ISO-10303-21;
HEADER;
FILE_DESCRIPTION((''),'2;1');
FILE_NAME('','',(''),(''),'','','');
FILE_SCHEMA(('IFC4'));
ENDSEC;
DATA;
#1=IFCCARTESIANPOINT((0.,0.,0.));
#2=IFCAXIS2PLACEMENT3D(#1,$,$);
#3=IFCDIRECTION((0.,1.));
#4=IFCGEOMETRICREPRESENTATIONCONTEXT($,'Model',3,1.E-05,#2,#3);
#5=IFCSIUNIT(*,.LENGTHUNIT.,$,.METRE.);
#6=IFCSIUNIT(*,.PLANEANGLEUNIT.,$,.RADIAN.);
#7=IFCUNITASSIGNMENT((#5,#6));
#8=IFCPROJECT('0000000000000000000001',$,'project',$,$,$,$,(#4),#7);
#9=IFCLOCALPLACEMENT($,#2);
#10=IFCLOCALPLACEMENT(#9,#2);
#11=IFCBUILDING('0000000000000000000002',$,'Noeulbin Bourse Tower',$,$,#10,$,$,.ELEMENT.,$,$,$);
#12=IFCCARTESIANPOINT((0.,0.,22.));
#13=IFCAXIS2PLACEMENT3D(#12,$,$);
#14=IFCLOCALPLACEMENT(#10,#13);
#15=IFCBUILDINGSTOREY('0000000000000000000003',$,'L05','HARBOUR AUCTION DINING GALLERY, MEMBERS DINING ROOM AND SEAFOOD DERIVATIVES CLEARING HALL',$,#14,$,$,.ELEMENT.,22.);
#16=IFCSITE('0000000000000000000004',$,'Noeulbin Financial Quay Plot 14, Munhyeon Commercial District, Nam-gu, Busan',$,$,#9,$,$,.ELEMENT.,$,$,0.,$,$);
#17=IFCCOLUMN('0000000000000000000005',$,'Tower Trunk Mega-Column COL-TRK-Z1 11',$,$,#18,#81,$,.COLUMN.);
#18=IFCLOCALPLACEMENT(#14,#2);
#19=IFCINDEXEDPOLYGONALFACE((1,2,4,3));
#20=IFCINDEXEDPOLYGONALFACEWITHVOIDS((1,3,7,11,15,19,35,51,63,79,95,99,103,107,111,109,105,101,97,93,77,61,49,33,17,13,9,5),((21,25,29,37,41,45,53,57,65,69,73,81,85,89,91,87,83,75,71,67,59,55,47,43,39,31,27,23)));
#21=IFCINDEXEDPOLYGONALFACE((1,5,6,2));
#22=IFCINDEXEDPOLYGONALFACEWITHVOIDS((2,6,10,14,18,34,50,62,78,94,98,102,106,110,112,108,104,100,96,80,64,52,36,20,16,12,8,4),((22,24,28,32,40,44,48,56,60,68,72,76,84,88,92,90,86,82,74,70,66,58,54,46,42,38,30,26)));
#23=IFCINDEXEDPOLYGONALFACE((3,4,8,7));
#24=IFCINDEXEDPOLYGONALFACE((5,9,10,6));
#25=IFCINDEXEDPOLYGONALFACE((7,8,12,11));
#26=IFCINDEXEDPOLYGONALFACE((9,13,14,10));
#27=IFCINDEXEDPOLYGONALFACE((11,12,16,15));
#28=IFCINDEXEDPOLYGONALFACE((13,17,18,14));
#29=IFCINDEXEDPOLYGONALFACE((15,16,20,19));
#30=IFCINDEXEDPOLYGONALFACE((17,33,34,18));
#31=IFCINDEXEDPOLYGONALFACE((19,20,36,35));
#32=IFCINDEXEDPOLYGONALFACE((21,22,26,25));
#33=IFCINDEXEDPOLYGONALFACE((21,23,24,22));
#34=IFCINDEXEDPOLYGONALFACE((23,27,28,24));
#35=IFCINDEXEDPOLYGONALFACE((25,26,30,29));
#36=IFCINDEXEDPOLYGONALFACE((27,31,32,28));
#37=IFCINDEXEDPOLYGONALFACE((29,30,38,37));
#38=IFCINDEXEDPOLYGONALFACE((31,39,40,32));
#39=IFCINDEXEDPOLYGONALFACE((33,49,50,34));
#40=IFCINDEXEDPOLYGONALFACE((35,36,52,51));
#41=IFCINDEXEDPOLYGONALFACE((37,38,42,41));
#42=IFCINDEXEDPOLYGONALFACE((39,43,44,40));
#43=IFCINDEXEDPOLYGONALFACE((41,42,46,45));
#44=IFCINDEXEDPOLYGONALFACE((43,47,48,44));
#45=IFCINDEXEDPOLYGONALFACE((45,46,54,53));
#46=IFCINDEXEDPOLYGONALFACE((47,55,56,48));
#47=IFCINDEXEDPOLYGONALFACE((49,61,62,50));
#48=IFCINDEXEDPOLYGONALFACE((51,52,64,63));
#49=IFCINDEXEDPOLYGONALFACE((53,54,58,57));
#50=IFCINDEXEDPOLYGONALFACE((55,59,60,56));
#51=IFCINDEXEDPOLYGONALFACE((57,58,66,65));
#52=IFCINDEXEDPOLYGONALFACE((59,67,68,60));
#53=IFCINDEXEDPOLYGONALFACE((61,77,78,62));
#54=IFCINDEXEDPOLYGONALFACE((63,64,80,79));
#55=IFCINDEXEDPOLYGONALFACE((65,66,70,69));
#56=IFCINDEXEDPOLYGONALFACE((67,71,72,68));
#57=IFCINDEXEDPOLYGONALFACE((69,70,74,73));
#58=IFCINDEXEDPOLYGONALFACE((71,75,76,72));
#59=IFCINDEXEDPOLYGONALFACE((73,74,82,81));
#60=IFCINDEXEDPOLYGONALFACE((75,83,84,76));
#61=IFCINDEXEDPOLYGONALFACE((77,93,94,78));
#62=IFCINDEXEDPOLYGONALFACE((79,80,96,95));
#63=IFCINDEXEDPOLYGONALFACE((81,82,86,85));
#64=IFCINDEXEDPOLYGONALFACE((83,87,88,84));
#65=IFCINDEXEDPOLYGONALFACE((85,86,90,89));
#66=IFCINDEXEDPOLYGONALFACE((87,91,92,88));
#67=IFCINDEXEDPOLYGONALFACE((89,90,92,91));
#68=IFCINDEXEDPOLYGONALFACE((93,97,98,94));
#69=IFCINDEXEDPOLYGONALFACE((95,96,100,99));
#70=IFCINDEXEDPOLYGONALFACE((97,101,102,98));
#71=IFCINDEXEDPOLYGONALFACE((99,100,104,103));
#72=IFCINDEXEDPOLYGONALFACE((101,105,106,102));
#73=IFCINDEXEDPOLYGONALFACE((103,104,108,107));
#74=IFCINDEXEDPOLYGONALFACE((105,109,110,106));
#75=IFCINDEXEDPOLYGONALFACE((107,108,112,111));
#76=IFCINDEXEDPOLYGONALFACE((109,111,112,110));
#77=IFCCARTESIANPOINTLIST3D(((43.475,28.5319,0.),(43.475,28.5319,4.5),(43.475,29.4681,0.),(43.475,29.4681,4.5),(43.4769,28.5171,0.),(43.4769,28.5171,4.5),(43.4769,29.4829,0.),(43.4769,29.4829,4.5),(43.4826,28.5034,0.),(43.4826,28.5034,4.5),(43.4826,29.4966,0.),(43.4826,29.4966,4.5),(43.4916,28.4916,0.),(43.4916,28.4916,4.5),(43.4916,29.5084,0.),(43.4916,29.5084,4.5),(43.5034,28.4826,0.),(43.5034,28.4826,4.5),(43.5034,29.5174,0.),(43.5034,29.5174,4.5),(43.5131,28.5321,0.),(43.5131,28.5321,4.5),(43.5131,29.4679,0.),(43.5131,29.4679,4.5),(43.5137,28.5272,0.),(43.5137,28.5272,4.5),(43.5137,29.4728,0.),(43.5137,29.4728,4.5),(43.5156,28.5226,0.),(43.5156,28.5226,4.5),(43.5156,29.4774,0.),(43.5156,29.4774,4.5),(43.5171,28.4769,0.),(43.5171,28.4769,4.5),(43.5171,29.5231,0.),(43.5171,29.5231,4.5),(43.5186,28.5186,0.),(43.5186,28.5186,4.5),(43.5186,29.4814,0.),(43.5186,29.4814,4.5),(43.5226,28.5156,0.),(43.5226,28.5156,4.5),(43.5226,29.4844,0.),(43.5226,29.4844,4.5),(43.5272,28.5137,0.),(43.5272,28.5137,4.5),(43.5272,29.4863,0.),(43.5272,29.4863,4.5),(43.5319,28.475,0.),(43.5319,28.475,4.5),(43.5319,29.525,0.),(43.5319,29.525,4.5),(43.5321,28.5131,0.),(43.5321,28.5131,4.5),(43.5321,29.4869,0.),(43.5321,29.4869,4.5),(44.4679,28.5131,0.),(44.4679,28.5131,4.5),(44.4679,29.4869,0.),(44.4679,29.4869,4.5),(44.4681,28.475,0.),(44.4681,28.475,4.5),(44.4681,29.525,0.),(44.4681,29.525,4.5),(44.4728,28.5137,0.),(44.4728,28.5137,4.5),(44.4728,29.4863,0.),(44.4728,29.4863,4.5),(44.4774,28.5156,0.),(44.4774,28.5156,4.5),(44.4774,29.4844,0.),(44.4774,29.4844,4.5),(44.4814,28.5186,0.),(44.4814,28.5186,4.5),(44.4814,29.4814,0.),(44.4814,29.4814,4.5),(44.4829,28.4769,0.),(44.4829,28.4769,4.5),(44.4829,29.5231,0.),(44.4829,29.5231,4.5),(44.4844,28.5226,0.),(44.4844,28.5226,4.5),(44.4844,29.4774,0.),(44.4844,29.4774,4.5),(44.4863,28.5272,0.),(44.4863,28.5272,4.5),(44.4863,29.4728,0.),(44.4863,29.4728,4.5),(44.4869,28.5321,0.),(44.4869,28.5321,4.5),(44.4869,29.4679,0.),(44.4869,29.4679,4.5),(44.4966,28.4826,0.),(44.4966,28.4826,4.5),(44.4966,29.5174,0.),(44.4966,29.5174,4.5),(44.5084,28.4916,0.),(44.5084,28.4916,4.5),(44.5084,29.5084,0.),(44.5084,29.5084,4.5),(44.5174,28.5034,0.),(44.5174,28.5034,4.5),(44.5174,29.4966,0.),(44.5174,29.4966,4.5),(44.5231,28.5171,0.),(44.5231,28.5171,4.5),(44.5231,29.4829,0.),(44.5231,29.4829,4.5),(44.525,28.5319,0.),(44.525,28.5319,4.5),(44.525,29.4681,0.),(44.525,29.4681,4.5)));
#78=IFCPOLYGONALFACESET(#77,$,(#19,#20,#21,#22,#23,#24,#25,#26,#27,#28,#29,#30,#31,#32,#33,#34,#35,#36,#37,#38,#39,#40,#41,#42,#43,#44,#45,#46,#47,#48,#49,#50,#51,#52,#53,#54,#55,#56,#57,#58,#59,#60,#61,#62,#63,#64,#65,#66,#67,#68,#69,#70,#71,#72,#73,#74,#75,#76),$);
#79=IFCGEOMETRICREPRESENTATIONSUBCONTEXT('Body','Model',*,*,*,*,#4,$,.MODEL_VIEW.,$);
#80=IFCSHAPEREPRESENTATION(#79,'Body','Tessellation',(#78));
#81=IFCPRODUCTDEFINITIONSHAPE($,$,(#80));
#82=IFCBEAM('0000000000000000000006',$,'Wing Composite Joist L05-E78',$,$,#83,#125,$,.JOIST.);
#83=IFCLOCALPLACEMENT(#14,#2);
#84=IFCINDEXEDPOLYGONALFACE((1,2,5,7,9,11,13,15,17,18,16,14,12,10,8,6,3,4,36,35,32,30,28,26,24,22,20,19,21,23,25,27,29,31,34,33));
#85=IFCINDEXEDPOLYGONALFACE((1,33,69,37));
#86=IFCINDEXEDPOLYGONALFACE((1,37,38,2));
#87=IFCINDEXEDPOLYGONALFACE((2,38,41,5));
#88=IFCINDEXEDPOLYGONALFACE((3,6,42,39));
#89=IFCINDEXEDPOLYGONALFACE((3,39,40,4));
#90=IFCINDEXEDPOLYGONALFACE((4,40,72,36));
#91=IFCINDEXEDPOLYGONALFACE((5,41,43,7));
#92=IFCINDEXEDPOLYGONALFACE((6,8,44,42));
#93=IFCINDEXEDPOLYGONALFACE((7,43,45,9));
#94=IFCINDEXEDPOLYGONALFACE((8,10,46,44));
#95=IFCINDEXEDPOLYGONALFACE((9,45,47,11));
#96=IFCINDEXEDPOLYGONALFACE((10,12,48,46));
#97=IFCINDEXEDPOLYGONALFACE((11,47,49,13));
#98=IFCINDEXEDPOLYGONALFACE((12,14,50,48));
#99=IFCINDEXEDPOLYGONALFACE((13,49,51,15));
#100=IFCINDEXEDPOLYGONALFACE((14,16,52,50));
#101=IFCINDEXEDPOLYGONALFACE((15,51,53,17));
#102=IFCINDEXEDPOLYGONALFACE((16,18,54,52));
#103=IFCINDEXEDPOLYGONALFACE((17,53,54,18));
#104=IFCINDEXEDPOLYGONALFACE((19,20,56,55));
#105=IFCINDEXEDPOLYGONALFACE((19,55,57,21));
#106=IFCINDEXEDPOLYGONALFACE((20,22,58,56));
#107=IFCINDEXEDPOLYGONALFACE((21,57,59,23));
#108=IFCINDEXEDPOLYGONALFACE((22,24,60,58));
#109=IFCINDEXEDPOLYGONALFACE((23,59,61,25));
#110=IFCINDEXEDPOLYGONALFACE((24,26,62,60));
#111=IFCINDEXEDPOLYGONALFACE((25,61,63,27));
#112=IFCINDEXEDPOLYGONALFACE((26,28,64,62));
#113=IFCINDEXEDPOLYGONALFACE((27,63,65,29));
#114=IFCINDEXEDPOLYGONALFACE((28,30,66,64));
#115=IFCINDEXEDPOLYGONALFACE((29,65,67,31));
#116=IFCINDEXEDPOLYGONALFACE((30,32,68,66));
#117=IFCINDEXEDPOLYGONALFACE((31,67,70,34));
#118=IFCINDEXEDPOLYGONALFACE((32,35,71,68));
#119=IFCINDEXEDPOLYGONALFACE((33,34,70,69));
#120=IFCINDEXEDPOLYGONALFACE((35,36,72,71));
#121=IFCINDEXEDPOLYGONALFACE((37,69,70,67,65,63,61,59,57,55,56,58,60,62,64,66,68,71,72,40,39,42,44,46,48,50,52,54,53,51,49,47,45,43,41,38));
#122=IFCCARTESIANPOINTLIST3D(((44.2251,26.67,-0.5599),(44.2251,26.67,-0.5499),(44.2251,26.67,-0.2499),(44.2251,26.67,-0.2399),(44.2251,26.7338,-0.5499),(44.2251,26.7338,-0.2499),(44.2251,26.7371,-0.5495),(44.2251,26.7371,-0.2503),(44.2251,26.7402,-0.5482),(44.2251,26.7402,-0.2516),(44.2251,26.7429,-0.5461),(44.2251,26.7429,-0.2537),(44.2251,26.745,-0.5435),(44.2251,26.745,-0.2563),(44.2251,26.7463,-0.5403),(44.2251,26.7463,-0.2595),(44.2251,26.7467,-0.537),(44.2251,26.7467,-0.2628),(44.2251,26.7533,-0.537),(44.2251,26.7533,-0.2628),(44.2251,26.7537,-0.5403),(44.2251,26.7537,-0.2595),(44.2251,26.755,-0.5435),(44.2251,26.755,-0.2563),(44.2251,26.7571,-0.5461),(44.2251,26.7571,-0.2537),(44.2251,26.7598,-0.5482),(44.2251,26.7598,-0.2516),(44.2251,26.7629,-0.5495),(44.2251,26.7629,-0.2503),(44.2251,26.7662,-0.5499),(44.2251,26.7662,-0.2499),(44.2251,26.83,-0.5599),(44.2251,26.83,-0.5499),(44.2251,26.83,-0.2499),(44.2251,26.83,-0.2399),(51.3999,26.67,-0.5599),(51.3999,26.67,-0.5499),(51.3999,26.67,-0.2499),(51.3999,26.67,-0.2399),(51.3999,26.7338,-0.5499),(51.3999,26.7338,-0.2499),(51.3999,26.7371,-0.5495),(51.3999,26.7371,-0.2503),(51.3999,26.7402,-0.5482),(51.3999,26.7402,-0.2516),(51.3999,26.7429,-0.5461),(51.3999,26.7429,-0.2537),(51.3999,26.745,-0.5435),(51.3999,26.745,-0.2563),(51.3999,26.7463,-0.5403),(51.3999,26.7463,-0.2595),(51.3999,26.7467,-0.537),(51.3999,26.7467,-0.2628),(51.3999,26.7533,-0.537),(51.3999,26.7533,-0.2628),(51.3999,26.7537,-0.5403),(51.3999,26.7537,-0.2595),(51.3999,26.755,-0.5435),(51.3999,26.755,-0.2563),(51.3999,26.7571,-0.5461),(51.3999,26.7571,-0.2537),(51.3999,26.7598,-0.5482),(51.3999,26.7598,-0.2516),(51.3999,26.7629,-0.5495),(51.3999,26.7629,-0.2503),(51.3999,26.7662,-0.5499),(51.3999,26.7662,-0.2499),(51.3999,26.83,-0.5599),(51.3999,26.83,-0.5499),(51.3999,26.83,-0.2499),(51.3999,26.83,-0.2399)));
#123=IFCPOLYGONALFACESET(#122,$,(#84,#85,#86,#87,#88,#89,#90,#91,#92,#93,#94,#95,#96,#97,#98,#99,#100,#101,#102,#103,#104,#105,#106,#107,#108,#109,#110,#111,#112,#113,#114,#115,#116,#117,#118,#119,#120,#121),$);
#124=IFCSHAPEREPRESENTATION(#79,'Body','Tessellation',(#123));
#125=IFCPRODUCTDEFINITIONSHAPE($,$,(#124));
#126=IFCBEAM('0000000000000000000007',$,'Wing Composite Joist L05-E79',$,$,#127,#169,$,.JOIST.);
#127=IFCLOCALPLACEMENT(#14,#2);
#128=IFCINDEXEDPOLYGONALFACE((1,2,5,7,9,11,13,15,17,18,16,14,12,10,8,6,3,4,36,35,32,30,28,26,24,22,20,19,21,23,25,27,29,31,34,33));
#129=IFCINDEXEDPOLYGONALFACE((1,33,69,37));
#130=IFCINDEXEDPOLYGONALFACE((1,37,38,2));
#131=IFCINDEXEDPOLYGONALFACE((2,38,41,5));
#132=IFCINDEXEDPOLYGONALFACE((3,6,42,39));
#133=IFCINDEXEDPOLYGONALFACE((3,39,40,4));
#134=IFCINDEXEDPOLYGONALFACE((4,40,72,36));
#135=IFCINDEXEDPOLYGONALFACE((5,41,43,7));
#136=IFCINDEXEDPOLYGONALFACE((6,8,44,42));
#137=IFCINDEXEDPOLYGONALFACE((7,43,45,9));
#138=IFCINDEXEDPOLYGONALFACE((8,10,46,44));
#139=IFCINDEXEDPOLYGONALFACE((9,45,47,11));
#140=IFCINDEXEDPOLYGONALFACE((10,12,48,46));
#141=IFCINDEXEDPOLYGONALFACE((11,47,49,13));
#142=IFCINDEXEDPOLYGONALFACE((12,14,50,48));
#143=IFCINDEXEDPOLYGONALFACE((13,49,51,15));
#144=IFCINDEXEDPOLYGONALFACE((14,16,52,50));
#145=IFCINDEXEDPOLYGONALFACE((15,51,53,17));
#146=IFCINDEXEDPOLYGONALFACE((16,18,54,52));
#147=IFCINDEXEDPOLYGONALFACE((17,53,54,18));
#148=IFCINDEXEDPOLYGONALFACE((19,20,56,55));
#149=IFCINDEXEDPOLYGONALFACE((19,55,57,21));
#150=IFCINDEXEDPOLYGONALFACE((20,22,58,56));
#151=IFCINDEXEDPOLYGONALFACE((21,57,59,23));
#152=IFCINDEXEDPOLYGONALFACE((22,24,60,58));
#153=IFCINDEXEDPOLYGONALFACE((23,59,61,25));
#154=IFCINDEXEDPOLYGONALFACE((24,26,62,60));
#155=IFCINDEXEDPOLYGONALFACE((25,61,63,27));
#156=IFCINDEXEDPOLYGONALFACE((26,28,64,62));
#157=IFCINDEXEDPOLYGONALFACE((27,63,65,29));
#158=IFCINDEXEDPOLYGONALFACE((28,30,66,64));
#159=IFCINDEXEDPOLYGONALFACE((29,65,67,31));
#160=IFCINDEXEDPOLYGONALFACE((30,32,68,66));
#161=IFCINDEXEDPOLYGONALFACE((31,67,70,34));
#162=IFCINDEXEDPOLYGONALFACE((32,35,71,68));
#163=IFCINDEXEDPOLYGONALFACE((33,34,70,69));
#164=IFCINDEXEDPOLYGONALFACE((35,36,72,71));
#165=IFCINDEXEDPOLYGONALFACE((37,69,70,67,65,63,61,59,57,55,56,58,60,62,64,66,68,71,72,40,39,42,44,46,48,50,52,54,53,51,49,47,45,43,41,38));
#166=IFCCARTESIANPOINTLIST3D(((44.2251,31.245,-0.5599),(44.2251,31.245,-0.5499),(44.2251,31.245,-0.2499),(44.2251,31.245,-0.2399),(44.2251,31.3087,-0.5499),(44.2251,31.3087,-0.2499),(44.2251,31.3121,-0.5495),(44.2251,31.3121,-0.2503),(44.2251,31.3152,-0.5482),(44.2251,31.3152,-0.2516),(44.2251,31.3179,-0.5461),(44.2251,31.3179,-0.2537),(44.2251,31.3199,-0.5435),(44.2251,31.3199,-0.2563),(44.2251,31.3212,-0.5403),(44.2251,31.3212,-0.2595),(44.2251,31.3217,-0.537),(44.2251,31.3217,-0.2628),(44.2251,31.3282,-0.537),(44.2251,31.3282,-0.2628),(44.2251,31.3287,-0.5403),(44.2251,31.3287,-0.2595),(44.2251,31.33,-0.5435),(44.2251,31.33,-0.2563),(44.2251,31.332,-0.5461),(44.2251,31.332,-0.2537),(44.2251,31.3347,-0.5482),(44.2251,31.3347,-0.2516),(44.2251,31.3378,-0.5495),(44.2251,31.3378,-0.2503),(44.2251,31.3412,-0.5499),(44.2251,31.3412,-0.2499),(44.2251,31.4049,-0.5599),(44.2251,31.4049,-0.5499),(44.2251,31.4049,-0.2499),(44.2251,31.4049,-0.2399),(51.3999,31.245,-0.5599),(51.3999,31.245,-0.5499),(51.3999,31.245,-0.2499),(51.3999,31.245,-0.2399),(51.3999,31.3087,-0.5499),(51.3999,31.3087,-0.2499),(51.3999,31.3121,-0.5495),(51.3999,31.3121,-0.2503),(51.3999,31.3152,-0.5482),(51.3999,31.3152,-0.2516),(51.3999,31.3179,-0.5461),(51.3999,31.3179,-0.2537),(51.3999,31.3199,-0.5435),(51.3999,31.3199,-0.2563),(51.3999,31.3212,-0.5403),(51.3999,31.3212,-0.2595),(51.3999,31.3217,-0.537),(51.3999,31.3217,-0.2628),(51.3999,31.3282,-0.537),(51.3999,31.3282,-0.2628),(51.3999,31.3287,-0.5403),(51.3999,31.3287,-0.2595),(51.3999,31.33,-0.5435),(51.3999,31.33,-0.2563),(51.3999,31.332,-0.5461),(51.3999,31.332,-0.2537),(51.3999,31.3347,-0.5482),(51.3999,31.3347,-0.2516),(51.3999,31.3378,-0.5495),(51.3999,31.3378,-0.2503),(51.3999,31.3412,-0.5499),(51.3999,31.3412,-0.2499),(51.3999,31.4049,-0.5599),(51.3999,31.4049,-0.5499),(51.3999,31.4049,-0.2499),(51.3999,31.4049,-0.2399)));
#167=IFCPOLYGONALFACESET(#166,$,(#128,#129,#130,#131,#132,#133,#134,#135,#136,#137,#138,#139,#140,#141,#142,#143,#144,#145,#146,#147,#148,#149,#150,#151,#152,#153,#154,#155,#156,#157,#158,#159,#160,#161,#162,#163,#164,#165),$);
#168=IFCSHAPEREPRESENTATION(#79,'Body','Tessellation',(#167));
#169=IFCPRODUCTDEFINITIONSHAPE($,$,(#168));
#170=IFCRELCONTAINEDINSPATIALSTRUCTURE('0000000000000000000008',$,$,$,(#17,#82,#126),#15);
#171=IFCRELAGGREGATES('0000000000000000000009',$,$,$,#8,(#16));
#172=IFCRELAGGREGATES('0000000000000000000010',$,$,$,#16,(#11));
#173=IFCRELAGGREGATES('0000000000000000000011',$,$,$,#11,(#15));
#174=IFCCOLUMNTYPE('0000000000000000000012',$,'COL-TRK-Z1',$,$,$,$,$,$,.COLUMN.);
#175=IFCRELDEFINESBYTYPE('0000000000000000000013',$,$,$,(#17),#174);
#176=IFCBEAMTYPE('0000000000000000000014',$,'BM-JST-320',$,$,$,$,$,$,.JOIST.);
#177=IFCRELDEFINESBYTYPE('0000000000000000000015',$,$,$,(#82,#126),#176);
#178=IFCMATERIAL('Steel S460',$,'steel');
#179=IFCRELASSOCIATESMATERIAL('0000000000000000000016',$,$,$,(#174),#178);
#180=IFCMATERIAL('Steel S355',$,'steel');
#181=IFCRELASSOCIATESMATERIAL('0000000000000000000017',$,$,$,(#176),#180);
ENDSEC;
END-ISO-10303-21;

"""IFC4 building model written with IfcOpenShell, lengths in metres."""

from ifc_helpers import new_model, si_unit, direction, frame, origin, origin_2d, place, context, subcontext, project, spatial, hollow_rectangle, i_section, extrude, material, material_profile, profile_set, type_object, element, save


model = new_model("IFC4")

# Units and contexts
model_context = context("Model", 3, precision=1e-05, world=origin(), true_north=direction((0.0, 1.0)))
body_context = subcontext(model_context, "Body", "Model", "MODEL_VIEW")
ifc_project = project(units=[si_unit("LENGTHUNIT", "METRE"), si_unit("PLANEANGLEUNIT", "RADIAN")], contexts=[model_context])

# Site, building, storey
site_placement = place(None, origin())
site = spatial("IfcSite", under=ifc_project, at=site_placement, Name="Noeulbin Financial Quay Plot 14, Munhyeon Commercial District, Nam-gu, Busan", CompositionType="ELEMENT", RefElevation=0.0)
building_placement = place(site_placement, origin())
building = spatial("IfcBuilding", under=site, at=building_placement, Name="Noeulbin Bourse Tower", CompositionType="ELEMENT")
storey_placement = place(building_placement, frame((0.0, 0.0, 22.0)))
storey = spatial("IfcBuildingStorey", under=building, at=storey_placement, Name="L05", Description="HARBOUR AUCTION DINING GALLERY, MEMBERS DINING ROOM AND SEAFOOD DERIVATIVES CLEARING HALL", CompositionType="ELEMENT", Elevation=22.0)

# Column
ifc_material_1 = material(Name="Steel S460", Category="steel")
ifc_material_profile_1 = material_profile(ifc_material_1, hollow_rectangle(XDim=1.05, YDim=1.05, WallThickness=0.0381, InnerFilletRadius=0.019, OuterFilletRadius=0.0569, at=origin_2d()), Name="BOX-1050x1050x38", Category="LoadBearing")
ifc_profile_set_1 = profile_set([ifc_material_profile_1], Name="Steel S460")
column_type = type_object("IfcColumnType", Name="COL-TRK-Z1", PredefinedType="COLUMN", material=ifc_profile_set_1)
column_placement = place(storey_placement, frame((44.0, 29.0, 0.0), z_axis=(0.0, 0.0, 1.0), x_axis=(1.0, 0.0, 0.0)))
element("IfcColumn", 1, at=column_placement, inside=storey, type_object=column_type, Name="Tower Trunk Mega-Column COL-TRK-Z1 11", PredefinedType="COLUMN", context=body_context, shape_type="SweptSolid", body=[
    extrude(hollow_rectangle(XDim=1.05, YDim=1.05, WallThickness=0.0381, InnerFilletRadius=0.019, OuterFilletRadius=0.0569, at=origin_2d()), origin(), (0.0, 0.0, 1.0), 4.5),
])

# Beams
ifc_material_2 = material(Name="Steel S355", Category="steel")
ifc_material_profile_2 = material_profile(ifc_material_2, i_section(OverallWidth=0.1599, OverallDepth=0.3201, WebThickness=0.0066, FlangeThickness=0.01, FilletRadius=0.0129, at=origin_2d()), Name="H-320x160x6.5x10", Category="LoadBearing")
ifc_profile_set_2 = profile_set([ifc_material_profile_2], Name="Steel S355")
beam_type_1 = type_object("IfcBeamType", Name="BM-JST-320", PredefinedType="JOIST", material=ifc_profile_set_2)
for number, where, z_axis, x_axis, name in (
    (2, (44.2251, 26.75, -0.3999), (1.0, 0.0, 0.0), (0.0, 1.0, 0.0), "Wing Composite Joist L05-E78"),
    (3, (44.2251, 31.325, -0.3999), (1.0, 0.0, 0.0), (0.0, 1.0, 0.0), "Wing Composite Joist L05-E79"),
):
    element("IfcBeam", number, at=place(storey_placement, frame(where, z_axis=z_axis, x_axis=x_axis)), inside=storey, type_object=beam_type_1, Name=name, PredefinedType="JOIST", context=body_context, shape_type="SweptSolid", body=[
        extrude(i_section(OverallWidth=0.1599, OverallDepth=0.3201, WebThickness=0.0066, FlangeThickness=0.01, FilletRadius=0.0129, at=origin_2d()), origin(), (0.0, 0.0, 1.0), 7.1748),
    ])

save(model, "model.ifc")
